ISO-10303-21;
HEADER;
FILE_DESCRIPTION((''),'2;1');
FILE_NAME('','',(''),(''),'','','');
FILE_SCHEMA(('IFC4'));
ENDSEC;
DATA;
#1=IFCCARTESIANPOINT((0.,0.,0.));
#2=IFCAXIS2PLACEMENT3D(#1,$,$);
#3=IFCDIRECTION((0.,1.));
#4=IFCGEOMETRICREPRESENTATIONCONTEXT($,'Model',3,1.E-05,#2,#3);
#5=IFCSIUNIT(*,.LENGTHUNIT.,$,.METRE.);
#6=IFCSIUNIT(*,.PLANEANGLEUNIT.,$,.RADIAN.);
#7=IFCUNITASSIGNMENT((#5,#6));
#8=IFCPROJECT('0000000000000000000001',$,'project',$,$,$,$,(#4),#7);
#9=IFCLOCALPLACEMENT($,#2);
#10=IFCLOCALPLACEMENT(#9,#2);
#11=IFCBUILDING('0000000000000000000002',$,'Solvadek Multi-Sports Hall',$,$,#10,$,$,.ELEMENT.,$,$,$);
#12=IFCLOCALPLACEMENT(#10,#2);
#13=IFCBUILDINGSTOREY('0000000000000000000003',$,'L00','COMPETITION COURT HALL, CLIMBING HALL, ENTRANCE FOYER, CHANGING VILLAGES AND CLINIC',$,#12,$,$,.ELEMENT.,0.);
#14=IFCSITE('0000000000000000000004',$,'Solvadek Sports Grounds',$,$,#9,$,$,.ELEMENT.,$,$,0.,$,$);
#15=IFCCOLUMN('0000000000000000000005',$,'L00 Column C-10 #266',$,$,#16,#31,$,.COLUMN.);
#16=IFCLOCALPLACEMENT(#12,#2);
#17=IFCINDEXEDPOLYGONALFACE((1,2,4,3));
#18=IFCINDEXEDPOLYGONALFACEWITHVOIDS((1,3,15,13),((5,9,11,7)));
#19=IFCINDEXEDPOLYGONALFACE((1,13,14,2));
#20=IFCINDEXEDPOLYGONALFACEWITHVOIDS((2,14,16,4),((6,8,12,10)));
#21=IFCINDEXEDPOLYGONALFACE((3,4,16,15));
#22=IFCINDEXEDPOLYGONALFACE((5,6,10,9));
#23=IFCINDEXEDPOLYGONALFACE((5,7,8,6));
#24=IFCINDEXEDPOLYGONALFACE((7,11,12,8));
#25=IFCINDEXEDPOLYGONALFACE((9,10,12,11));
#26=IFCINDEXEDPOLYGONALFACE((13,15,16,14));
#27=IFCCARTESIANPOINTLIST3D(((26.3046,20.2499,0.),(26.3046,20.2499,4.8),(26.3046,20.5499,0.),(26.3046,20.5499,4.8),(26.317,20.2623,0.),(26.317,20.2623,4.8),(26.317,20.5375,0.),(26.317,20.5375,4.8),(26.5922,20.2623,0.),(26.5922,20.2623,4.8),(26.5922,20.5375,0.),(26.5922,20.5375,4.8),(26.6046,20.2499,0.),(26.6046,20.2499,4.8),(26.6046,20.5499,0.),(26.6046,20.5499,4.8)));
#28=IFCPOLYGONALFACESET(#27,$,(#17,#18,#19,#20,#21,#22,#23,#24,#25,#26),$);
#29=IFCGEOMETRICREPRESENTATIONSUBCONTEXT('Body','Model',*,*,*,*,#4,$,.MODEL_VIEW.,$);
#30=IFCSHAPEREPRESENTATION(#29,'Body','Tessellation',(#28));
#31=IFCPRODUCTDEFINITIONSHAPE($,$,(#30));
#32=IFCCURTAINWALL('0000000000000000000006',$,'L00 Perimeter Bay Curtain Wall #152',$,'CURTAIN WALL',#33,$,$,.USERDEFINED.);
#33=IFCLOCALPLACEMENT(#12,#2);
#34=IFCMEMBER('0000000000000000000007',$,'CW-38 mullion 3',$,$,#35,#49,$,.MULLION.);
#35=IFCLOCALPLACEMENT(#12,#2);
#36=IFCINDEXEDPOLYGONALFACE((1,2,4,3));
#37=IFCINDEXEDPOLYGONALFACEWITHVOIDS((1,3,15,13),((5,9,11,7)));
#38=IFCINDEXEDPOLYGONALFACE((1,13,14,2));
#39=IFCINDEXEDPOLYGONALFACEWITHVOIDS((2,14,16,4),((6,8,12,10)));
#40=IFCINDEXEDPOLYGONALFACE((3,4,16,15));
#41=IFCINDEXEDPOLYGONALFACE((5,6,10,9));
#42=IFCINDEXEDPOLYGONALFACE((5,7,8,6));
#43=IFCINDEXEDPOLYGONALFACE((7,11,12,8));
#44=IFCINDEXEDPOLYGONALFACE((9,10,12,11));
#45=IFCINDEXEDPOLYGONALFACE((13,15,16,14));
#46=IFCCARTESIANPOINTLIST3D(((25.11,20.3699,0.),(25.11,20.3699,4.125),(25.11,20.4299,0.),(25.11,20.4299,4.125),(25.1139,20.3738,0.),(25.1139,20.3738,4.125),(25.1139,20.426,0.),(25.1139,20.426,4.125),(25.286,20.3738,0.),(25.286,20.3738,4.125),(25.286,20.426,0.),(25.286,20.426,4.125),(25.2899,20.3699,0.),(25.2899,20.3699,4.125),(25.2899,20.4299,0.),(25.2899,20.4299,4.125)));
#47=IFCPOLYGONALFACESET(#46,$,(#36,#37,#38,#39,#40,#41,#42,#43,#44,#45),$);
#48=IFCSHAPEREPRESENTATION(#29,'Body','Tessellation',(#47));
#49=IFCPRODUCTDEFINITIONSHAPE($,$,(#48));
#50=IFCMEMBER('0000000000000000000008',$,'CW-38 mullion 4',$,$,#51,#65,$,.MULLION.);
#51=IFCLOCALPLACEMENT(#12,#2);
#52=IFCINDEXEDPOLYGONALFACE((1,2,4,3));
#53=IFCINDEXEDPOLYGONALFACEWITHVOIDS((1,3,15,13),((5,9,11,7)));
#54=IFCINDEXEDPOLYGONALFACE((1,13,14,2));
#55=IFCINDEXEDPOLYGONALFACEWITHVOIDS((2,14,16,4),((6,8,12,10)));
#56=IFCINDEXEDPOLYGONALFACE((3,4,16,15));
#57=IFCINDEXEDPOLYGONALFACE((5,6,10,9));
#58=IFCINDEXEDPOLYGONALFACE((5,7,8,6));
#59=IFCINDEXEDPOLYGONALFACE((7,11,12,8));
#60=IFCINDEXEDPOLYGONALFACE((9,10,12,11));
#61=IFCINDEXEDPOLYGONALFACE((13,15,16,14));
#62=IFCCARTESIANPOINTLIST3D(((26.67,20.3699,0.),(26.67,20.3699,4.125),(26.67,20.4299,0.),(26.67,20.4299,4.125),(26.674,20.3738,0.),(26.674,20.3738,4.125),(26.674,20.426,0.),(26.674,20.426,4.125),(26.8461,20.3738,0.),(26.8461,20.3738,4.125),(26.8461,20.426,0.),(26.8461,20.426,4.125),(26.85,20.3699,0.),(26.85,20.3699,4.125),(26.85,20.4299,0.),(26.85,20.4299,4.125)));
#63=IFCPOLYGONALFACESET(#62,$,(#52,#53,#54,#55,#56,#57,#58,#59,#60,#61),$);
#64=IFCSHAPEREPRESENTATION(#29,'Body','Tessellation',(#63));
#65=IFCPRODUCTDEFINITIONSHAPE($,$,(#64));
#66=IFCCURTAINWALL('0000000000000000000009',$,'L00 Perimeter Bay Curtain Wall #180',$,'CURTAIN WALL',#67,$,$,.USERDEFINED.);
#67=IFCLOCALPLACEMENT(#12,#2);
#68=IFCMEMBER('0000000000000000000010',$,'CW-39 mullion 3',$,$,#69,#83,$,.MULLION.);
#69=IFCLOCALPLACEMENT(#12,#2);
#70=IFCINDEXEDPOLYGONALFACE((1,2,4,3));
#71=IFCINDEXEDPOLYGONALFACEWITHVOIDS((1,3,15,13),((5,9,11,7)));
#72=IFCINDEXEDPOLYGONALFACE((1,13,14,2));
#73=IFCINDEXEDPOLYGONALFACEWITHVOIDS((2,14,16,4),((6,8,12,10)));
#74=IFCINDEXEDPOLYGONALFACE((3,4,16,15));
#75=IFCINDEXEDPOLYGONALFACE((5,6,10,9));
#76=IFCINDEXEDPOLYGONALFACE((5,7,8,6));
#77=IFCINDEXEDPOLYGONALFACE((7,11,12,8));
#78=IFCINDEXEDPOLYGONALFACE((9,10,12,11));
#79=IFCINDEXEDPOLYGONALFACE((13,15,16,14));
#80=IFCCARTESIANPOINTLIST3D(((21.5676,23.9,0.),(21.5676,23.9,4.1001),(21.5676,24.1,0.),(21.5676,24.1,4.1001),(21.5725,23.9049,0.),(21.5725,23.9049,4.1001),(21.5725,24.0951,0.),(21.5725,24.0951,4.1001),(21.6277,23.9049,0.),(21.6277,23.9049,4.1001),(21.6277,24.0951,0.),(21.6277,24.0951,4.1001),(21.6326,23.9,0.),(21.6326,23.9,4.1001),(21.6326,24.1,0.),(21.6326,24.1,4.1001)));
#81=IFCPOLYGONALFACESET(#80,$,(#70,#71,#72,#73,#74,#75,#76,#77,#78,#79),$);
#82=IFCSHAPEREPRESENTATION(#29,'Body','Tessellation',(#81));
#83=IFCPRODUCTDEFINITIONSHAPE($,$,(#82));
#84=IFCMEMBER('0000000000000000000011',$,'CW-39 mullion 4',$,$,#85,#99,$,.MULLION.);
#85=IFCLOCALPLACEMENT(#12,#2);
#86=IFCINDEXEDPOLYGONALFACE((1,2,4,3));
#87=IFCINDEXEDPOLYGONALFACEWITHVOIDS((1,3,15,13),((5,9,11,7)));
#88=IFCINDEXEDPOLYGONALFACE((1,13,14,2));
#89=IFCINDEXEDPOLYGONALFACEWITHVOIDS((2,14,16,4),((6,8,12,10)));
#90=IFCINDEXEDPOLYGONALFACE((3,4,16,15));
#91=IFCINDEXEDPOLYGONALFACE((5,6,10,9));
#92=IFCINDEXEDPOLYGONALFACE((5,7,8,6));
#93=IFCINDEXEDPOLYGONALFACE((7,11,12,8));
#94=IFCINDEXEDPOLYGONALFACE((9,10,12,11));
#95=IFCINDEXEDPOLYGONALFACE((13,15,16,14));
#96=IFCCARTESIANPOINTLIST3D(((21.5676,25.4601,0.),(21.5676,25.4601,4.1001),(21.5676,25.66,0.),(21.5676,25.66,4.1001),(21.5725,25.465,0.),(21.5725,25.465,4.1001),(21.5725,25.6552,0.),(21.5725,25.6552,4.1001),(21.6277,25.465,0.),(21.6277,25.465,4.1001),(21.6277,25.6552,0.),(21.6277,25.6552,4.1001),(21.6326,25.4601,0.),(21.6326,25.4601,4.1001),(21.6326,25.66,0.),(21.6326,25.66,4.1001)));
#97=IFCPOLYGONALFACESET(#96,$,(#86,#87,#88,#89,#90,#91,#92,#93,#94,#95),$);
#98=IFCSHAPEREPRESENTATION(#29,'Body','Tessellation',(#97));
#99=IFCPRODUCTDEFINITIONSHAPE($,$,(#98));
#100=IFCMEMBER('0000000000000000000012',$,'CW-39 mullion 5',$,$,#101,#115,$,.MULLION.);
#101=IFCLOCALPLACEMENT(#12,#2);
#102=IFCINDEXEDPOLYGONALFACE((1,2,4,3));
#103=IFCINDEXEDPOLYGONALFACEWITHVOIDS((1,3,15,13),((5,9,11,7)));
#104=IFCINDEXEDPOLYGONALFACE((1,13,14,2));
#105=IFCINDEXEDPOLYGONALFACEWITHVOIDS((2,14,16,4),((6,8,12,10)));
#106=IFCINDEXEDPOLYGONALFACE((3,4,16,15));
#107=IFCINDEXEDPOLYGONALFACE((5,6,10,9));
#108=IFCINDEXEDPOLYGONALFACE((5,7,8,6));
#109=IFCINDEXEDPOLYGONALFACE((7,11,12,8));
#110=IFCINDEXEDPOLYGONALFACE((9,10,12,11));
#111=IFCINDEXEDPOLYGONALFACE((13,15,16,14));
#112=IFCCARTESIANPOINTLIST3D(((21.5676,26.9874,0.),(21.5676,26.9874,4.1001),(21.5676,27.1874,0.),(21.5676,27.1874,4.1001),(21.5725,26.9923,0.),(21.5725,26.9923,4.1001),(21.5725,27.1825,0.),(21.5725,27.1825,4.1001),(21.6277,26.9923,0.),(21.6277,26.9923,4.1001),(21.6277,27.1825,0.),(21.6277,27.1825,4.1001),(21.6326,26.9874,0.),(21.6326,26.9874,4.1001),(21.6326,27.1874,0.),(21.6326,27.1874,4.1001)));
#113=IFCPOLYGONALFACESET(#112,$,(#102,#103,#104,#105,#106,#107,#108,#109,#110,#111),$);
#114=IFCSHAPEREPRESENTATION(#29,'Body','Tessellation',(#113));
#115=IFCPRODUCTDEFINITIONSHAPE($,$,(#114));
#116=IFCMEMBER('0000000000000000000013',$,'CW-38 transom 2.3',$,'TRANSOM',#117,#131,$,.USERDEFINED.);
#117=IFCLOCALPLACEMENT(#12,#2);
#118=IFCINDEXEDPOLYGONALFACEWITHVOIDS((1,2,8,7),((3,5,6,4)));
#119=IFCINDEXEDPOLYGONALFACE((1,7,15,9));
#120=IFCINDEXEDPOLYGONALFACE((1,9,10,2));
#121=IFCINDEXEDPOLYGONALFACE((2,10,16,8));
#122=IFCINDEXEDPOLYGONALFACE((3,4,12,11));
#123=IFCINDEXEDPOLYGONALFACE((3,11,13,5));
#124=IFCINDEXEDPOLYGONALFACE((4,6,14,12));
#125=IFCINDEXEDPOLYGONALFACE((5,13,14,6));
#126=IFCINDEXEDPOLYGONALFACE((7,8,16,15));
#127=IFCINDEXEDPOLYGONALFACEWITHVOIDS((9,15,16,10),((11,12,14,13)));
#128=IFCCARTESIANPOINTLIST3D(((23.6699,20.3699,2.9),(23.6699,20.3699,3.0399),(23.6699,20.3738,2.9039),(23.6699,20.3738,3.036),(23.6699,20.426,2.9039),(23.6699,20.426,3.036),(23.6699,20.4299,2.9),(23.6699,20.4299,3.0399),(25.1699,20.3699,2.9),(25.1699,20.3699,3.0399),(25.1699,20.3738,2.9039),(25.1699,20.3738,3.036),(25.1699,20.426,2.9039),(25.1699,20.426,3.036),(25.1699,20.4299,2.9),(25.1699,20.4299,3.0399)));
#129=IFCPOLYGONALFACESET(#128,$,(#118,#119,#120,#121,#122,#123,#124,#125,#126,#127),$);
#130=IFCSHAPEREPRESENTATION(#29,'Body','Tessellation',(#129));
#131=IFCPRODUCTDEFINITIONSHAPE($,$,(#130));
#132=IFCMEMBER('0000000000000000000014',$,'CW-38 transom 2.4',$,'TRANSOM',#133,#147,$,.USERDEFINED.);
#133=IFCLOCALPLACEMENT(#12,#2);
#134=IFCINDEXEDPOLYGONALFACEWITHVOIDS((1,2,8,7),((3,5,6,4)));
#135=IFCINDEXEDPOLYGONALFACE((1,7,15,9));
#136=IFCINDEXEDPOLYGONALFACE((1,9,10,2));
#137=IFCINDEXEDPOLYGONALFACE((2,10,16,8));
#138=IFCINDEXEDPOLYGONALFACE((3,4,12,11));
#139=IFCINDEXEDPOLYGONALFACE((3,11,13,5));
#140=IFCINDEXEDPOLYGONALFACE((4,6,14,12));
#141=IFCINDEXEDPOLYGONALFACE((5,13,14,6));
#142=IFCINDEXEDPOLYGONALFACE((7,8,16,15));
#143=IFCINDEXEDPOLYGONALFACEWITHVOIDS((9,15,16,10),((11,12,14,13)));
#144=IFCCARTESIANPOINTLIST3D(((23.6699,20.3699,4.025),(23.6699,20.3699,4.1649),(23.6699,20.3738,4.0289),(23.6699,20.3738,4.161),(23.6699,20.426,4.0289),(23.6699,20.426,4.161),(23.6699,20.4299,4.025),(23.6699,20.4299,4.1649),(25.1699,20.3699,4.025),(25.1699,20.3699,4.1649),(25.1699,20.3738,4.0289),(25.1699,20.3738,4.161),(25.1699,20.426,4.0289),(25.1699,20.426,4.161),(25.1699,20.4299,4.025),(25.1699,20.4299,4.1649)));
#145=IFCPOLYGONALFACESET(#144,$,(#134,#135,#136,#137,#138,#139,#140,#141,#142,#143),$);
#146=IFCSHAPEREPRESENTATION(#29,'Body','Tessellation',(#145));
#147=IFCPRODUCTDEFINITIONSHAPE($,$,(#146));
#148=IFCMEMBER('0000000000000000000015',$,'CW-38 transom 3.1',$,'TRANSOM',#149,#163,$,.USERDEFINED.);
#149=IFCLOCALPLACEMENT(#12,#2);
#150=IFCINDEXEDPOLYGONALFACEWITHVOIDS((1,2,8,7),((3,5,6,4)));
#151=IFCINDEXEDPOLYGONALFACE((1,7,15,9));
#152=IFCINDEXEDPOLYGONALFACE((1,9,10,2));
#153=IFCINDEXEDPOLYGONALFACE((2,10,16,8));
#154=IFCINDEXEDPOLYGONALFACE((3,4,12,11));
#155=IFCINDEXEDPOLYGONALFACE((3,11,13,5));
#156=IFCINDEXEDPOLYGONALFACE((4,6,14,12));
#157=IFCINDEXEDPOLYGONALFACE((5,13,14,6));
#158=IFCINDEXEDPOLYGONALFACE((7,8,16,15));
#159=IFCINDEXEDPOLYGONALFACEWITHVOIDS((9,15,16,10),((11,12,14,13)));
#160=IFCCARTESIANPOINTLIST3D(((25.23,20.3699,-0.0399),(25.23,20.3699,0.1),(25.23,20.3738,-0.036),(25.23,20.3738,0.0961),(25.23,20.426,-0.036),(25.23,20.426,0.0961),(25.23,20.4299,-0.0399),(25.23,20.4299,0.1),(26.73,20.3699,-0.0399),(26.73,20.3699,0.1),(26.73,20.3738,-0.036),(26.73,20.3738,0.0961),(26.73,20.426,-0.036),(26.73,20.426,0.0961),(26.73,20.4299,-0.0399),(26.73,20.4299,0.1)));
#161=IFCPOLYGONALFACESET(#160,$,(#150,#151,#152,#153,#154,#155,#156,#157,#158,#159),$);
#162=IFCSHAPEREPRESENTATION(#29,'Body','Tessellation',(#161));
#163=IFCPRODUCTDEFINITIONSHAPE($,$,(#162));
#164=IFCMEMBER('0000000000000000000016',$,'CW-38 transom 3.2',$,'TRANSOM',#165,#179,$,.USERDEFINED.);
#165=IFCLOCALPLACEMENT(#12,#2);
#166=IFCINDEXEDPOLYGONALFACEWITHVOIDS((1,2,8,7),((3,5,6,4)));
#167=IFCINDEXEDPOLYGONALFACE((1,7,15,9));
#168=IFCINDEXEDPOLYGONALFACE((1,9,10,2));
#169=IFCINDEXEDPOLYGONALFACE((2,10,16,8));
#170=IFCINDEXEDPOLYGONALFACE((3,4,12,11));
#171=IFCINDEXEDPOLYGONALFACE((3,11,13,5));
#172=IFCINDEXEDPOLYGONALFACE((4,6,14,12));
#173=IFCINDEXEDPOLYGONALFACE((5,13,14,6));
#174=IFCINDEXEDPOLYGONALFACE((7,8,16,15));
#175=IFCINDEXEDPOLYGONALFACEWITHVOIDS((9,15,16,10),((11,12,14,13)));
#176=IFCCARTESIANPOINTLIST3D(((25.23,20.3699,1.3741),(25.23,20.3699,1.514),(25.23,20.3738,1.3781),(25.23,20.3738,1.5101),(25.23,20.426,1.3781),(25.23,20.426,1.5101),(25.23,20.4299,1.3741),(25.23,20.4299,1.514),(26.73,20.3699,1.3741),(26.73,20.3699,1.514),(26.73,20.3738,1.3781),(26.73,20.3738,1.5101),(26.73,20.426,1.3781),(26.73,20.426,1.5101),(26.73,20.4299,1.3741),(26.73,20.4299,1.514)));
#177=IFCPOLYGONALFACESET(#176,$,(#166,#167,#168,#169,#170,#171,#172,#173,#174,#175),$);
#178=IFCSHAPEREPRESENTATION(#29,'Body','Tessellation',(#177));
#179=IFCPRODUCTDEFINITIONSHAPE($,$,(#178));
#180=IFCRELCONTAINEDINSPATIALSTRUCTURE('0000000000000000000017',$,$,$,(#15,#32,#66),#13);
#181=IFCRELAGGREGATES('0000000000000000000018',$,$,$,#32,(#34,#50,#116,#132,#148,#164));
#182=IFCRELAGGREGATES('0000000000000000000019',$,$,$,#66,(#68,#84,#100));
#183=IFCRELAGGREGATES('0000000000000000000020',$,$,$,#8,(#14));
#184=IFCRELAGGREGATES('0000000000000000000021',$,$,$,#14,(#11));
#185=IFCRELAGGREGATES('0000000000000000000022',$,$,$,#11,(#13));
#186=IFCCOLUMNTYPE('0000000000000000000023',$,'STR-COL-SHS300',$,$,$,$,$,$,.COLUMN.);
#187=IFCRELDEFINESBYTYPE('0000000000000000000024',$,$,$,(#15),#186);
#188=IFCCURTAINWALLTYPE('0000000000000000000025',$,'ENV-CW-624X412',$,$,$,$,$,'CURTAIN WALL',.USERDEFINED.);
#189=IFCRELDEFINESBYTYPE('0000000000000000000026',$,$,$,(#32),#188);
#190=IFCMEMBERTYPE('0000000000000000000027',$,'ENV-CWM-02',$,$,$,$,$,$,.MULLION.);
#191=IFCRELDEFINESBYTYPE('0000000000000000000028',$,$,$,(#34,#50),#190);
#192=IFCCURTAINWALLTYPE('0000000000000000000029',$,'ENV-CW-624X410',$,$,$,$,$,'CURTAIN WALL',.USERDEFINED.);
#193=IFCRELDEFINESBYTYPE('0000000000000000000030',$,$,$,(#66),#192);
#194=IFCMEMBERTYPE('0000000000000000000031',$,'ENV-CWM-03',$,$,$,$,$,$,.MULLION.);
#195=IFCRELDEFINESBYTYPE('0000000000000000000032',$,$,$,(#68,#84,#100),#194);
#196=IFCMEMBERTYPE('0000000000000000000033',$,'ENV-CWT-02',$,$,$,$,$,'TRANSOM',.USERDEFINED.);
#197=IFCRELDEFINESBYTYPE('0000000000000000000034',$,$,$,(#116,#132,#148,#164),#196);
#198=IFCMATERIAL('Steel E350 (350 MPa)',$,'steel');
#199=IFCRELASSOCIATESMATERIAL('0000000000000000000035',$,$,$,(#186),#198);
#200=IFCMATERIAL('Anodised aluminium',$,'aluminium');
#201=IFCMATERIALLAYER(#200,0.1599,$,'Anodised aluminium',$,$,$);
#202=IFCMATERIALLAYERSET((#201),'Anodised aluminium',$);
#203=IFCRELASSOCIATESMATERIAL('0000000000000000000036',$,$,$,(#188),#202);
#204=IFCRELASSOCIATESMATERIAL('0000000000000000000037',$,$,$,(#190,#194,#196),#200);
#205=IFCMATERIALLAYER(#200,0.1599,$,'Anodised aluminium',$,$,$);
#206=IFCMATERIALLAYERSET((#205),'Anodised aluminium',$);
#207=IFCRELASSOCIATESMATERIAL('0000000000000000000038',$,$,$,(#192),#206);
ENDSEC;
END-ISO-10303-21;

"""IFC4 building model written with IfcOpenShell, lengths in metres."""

from ifc_helpers import new_model, si_unit, direction, frame, origin, origin_2d, place, context, subcontext, project, spatial, hollow_rectangle, extrude, material, layer, layer_set, material_profile, profile_set, type_object, element, aggregate, save


model = new_model("IFC4")

# Units and contexts
model_context = context("Model", 3, precision=1e-05, world=origin(), true_north=direction((0.0, 1.0)))
body_context = subcontext(model_context, "Body", "Model", "MODEL_VIEW")
ifc_project = project(units=[si_unit("LENGTHUNIT", "METRE"), si_unit("PLANEANGLEUNIT", "RADIAN")], contexts=[model_context])

# Site, building, storey
site_placement = place(None, origin())
site = spatial("IfcSite", under=ifc_project, at=site_placement, Name="Solvadek Sports Grounds", CompositionType="ELEMENT", RefElevation=0.0)
building_placement = place(site_placement, origin())
building = spatial("IfcBuilding", under=site, at=building_placement, Name="Solvadek Multi-Sports Hall", CompositionType="ELEMENT")
storey_placement = place(building_placement, origin())
storey = spatial("IfcBuildingStorey", under=building, at=storey_placement, Name="L00", Description="COMPETITION COURT HALL, CLIMBING HALL, ENTRANCE FOYER, CHANGING VILLAGES AND CLINIC", CompositionType="ELEMENT", Elevation=0.0)

# Column
ifc_material_1 = material(Name="Steel E350 (350 MPa)", Category="steel")
ifc_material_profile_1 = material_profile(ifc_material_1, hollow_rectangle(XDim=0.3, YDim=0.3, WallThickness=0.0125, at=origin_2d()), Name="SHS 300x300x12.5")
ifc_profile_set_1 = profile_set([ifc_material_profile_1], Name="Steel E350 (350 MPa)")
column_type = type_object("IfcColumnType", Name="STR-COL-SHS300", PredefinedType="COLUMN", material=ifc_profile_set_1)
column_placement = place(storey_placement, frame((26.4546, 20.3999, 0.0), z_axis=(0.0, 0.0, 1.0), x_axis=(1.0, 0.0, 0.0)))
element("IfcColumn", 1, at=column_placement, inside=storey, type_object=column_type, Name="L00 Column C-10 #266", PredefinedType="COLUMN", context=body_context, shape_type="SweptSolid", body=[
    extrude(hollow_rectangle(XDim=0.3, YDim=0.3, WallThickness=0.0125, at=origin_2d()), origin(), (0.0, 0.0, 1.0), 4.8),
])

# Curtain walls, members
ifc_material_2 = material(Name="Anodised aluminium", Category="aluminium")
ifc_layer_1 = layer(ifc_material_2, 0.1599, Name="Anodised aluminium")
ifc_layer_set_1 = layer_set([ifc_layer_1], Name="Anodised aluminium")
curtain_wall_type_1 = type_object("IfcCurtainWallType", Name="ENV-CW-624X412", ElementType="CURTAIN WALL", PredefinedType="USERDEFINED", material=ifc_layer_set_1)
curtain_wall_1_placement = place(storey_placement, origin())
curtain_wall_1 = element("IfcCurtainWall", 2, at=curtain_wall_1_placement, inside=storey, type_object=curtain_wall_type_1, Name="L00 Perimeter Bay Curtain Wall #152", ObjectType="CURTAIN WALL", PredefinedType="USERDEFINED")
ifc_material_profile_2 = material_profile(ifc_material_2, hollow_rectangle(XDim=0.0601, YDim=0.1799, WallThickness=0.0039, at=origin_2d()), Name="ALU-M 180x60x4")
ifc_profile_set_2 = profile_set([ifc_material_profile_2], Name="Anodised aluminium")
member_type_1 = type_object("IfcMemberType", Name="ENV-CWM-02", PredefinedType="MULLION", material=ifc_profile_set_2)
member_1_placement = place(storey_placement, frame((25.2, 20.3999, 0.0), z_axis=(0.0, 0.0, 1.0), x_axis=(0.0, 1.0, 0.0)))
member_1 = element("IfcMember", 3, at=member_1_placement, type_object=member_type_1, Name="CW-38 mullion 3", PredefinedType="MULLION", context=body_context, shape_type="SweptSolid", body=[
    extrude(hollow_rectangle(XDim=0.0601, YDim=0.1799, WallThickness=0.0039, at=origin_2d()), origin(), (0.0, 0.0, 1.0), 4.125),
])
member_2_placement = place(storey_placement, frame((26.76, 20.3999, 0.0), z_axis=(0.0, 0.0, 1.0), x_axis=(0.0, 1.0, 0.0)))
member_2 = element("IfcMember", 4, at=member_2_placement, type_object=member_type_1, Name="CW-38 mullion 4", PredefinedType="MULLION", context=body_context, shape_type="SweptSolid", body=[
    extrude(hollow_rectangle(XDim=0.0601, YDim=0.1799, WallThickness=0.0039, at=origin_2d()), origin(), (0.0, 0.0, 1.0), 4.125),
])
ifc_layer_2 = layer(ifc_material_2, 0.1599, Name="Anodised aluminium")
ifc_layer_set_2 = layer_set([ifc_layer_2], Name="Anodised aluminium")
curtain_wall_type_2 = type_object("IfcCurtainWallType", Name="ENV-CW-624X410", ElementType="CURTAIN WALL", PredefinedType="USERDEFINED", material=ifc_layer_set_2)
curtain_wall_2_placement = place(storey_placement, origin())
curtain_wall_2 = element("IfcCurtainWall", 5, at=curtain_wall_2_placement, inside=storey, type_object=curtain_wall_type_2, Name="L00 Perimeter Bay Curtain Wall #180", ObjectType="CURTAIN WALL", PredefinedType="USERDEFINED")
ifc_material_profile_3 = material_profile(ifc_material_2, hollow_rectangle(XDim=0.0649, YDim=0.2, WallThickness=0.0049, at=origin_2d()), Name="ALU-M 200x65x5")
ifc_profile_set_3 = profile_set([ifc_material_profile_3], Name="Anodised aluminium")
member_type_2 = type_object("IfcMemberType", Name="ENV-CWM-03", PredefinedType="MULLION", material=ifc_profile_set_3)
member_3_placement = place(storey_placement, frame((21.6001, 24.0, 0.0), z_axis=(0.0, 0.0, 1.0), x_axis=(-1.0, 0.0, 0.0)))
member_3 = element("IfcMember", 6, at=member_3_placement, type_object=member_type_2, Name="CW-39 mullion 3", PredefinedType="MULLION", context=body_context, shape_type="SweptSolid", body=[
    extrude(hollow_rectangle(XDim=0.0649, YDim=0.2, WallThickness=0.0049, at=origin_2d()), origin(), (0.0, 0.0, 1.0), 4.1001),
])
member_4_placement = place(storey_placement, frame((21.6001, 25.5601, 0.0), z_axis=(0.0, 0.0, 1.0), x_axis=(-1.0, 0.0, 0.0)))
member_4 = element("IfcMember", 7, at=member_4_placement, type_object=member_type_2, Name="CW-39 mullion 4", PredefinedType="MULLION", context=body_context, shape_type="SweptSolid", body=[
    extrude(hollow_rectangle(XDim=0.0649, YDim=0.2, WallThickness=0.0049, at=origin_2d()), origin(), (0.0, 0.0, 1.0), 4.1001),
])
member_5_placement = place(storey_placement, frame((21.6001, 27.0874, 0.0), z_axis=(0.0, 0.0, 1.0), x_axis=(-1.0, 0.0, 0.0)))
member_5 = element("IfcMember", 8, at=member_5_placement, type_object=member_type_2, Name="CW-39 mullion 5", PredefinedType="MULLION", context=body_context, shape_type="SweptSolid", body=[
    extrude(hollow_rectangle(XDim=0.0649, YDim=0.2, WallThickness=0.0049, at=origin_2d()), origin(), (0.0, 0.0, 1.0), 4.1001),
])

# Members
ifc_material_profile_4 = material_profile(ifc_material_2, hollow_rectangle(XDim=0.0601, YDim=0.1399, WallThickness=0.0039, at=origin_2d()), Name="ALU-T 140x60x4")
ifc_profile_set_4 = profile_set([ifc_material_profile_4], Name="Anodised aluminium")
member_type_3 = type_object("IfcMemberType", Name="ENV-CWT-02", ElementType="TRANSOM", PredefinedType="USERDEFINED", material=ifc_profile_set_4)
member_6_placement = place(storey_placement, frame((23.6699, 20.3999, 2.97), z_axis=(1.0, 0.0, 0.0), x_axis=(0.0, 1.0, 0.0)))
member_6 = element("IfcMember", 9, at=member_6_placement, type_object=member_type_3, Name="CW-38 transom 2.3", ObjectType="TRANSOM", PredefinedType="USERDEFINED", context=body_context, shape_type="SweptSolid", body=[
    extrude(hollow_rectangle(XDim=0.0601, YDim=0.1399, WallThickness=0.0039, at=origin_2d()), origin(), (0.0, 0.0, 1.0), 1.5),
])
member_7_placement = place(storey_placement, frame((23.6699, 20.3999, 4.095), z_axis=(1.0, 0.0, 0.0), x_axis=(0.0, 1.0, 0.0)))
member_7 = element("IfcMember", 10, at=member_7_placement, type_object=member_type_3, Name="CW-38 transom 2.4", ObjectType="TRANSOM", PredefinedType="USERDEFINED", context=body_context, shape_type="SweptSolid", body=[
    extrude(hollow_rectangle(XDim=0.0601, YDim=0.1399, WallThickness=0.0039, at=origin_2d()), origin(), (0.0, 0.0, 1.0), 1.5),
])
member_8_placement = place(storey_placement, frame((25.23, 20.3999, 0.03), z_axis=(1.0, 0.0, 0.0), x_axis=(0.0, 1.0, 0.0)))
member_8 = element("IfcMember", 11, at=member_8_placement, type_object=member_type_3, Name="CW-38 transom 3.1", ObjectType="TRANSOM", PredefinedType="USERDEFINED", context=body_context, shape_type="SweptSolid", body=[
    extrude(hollow_rectangle(XDim=0.0601, YDim=0.1399, WallThickness=0.0039, at=origin_2d()), origin(), (0.0, 0.0, 1.0), 1.5),
])
member_9_placement = place(storey_placement, frame((25.23, 20.3999, 1.4441), z_axis=(1.0, 0.0, 0.0), x_axis=(0.0, 1.0, 0.0)))
member_9 = element("IfcMember", 12, at=member_9_placement, type_object=member_type_3, Name="CW-38 transom 3.2", ObjectType="TRANSOM", PredefinedType="USERDEFINED", context=body_context, shape_type="SweptSolid", body=[
    extrude(hollow_rectangle(XDim=0.0601, YDim=0.1399, WallThickness=0.0039, at=origin_2d()), origin(), (0.0, 0.0, 1.0), 1.5),
])

aggregate(curtain_wall_1, [member_1, member_2, member_6, member_7, member_8, member_9])
aggregate(curtain_wall_2, [member_3, member_4, member_5])

save(model, "model.ifc")
